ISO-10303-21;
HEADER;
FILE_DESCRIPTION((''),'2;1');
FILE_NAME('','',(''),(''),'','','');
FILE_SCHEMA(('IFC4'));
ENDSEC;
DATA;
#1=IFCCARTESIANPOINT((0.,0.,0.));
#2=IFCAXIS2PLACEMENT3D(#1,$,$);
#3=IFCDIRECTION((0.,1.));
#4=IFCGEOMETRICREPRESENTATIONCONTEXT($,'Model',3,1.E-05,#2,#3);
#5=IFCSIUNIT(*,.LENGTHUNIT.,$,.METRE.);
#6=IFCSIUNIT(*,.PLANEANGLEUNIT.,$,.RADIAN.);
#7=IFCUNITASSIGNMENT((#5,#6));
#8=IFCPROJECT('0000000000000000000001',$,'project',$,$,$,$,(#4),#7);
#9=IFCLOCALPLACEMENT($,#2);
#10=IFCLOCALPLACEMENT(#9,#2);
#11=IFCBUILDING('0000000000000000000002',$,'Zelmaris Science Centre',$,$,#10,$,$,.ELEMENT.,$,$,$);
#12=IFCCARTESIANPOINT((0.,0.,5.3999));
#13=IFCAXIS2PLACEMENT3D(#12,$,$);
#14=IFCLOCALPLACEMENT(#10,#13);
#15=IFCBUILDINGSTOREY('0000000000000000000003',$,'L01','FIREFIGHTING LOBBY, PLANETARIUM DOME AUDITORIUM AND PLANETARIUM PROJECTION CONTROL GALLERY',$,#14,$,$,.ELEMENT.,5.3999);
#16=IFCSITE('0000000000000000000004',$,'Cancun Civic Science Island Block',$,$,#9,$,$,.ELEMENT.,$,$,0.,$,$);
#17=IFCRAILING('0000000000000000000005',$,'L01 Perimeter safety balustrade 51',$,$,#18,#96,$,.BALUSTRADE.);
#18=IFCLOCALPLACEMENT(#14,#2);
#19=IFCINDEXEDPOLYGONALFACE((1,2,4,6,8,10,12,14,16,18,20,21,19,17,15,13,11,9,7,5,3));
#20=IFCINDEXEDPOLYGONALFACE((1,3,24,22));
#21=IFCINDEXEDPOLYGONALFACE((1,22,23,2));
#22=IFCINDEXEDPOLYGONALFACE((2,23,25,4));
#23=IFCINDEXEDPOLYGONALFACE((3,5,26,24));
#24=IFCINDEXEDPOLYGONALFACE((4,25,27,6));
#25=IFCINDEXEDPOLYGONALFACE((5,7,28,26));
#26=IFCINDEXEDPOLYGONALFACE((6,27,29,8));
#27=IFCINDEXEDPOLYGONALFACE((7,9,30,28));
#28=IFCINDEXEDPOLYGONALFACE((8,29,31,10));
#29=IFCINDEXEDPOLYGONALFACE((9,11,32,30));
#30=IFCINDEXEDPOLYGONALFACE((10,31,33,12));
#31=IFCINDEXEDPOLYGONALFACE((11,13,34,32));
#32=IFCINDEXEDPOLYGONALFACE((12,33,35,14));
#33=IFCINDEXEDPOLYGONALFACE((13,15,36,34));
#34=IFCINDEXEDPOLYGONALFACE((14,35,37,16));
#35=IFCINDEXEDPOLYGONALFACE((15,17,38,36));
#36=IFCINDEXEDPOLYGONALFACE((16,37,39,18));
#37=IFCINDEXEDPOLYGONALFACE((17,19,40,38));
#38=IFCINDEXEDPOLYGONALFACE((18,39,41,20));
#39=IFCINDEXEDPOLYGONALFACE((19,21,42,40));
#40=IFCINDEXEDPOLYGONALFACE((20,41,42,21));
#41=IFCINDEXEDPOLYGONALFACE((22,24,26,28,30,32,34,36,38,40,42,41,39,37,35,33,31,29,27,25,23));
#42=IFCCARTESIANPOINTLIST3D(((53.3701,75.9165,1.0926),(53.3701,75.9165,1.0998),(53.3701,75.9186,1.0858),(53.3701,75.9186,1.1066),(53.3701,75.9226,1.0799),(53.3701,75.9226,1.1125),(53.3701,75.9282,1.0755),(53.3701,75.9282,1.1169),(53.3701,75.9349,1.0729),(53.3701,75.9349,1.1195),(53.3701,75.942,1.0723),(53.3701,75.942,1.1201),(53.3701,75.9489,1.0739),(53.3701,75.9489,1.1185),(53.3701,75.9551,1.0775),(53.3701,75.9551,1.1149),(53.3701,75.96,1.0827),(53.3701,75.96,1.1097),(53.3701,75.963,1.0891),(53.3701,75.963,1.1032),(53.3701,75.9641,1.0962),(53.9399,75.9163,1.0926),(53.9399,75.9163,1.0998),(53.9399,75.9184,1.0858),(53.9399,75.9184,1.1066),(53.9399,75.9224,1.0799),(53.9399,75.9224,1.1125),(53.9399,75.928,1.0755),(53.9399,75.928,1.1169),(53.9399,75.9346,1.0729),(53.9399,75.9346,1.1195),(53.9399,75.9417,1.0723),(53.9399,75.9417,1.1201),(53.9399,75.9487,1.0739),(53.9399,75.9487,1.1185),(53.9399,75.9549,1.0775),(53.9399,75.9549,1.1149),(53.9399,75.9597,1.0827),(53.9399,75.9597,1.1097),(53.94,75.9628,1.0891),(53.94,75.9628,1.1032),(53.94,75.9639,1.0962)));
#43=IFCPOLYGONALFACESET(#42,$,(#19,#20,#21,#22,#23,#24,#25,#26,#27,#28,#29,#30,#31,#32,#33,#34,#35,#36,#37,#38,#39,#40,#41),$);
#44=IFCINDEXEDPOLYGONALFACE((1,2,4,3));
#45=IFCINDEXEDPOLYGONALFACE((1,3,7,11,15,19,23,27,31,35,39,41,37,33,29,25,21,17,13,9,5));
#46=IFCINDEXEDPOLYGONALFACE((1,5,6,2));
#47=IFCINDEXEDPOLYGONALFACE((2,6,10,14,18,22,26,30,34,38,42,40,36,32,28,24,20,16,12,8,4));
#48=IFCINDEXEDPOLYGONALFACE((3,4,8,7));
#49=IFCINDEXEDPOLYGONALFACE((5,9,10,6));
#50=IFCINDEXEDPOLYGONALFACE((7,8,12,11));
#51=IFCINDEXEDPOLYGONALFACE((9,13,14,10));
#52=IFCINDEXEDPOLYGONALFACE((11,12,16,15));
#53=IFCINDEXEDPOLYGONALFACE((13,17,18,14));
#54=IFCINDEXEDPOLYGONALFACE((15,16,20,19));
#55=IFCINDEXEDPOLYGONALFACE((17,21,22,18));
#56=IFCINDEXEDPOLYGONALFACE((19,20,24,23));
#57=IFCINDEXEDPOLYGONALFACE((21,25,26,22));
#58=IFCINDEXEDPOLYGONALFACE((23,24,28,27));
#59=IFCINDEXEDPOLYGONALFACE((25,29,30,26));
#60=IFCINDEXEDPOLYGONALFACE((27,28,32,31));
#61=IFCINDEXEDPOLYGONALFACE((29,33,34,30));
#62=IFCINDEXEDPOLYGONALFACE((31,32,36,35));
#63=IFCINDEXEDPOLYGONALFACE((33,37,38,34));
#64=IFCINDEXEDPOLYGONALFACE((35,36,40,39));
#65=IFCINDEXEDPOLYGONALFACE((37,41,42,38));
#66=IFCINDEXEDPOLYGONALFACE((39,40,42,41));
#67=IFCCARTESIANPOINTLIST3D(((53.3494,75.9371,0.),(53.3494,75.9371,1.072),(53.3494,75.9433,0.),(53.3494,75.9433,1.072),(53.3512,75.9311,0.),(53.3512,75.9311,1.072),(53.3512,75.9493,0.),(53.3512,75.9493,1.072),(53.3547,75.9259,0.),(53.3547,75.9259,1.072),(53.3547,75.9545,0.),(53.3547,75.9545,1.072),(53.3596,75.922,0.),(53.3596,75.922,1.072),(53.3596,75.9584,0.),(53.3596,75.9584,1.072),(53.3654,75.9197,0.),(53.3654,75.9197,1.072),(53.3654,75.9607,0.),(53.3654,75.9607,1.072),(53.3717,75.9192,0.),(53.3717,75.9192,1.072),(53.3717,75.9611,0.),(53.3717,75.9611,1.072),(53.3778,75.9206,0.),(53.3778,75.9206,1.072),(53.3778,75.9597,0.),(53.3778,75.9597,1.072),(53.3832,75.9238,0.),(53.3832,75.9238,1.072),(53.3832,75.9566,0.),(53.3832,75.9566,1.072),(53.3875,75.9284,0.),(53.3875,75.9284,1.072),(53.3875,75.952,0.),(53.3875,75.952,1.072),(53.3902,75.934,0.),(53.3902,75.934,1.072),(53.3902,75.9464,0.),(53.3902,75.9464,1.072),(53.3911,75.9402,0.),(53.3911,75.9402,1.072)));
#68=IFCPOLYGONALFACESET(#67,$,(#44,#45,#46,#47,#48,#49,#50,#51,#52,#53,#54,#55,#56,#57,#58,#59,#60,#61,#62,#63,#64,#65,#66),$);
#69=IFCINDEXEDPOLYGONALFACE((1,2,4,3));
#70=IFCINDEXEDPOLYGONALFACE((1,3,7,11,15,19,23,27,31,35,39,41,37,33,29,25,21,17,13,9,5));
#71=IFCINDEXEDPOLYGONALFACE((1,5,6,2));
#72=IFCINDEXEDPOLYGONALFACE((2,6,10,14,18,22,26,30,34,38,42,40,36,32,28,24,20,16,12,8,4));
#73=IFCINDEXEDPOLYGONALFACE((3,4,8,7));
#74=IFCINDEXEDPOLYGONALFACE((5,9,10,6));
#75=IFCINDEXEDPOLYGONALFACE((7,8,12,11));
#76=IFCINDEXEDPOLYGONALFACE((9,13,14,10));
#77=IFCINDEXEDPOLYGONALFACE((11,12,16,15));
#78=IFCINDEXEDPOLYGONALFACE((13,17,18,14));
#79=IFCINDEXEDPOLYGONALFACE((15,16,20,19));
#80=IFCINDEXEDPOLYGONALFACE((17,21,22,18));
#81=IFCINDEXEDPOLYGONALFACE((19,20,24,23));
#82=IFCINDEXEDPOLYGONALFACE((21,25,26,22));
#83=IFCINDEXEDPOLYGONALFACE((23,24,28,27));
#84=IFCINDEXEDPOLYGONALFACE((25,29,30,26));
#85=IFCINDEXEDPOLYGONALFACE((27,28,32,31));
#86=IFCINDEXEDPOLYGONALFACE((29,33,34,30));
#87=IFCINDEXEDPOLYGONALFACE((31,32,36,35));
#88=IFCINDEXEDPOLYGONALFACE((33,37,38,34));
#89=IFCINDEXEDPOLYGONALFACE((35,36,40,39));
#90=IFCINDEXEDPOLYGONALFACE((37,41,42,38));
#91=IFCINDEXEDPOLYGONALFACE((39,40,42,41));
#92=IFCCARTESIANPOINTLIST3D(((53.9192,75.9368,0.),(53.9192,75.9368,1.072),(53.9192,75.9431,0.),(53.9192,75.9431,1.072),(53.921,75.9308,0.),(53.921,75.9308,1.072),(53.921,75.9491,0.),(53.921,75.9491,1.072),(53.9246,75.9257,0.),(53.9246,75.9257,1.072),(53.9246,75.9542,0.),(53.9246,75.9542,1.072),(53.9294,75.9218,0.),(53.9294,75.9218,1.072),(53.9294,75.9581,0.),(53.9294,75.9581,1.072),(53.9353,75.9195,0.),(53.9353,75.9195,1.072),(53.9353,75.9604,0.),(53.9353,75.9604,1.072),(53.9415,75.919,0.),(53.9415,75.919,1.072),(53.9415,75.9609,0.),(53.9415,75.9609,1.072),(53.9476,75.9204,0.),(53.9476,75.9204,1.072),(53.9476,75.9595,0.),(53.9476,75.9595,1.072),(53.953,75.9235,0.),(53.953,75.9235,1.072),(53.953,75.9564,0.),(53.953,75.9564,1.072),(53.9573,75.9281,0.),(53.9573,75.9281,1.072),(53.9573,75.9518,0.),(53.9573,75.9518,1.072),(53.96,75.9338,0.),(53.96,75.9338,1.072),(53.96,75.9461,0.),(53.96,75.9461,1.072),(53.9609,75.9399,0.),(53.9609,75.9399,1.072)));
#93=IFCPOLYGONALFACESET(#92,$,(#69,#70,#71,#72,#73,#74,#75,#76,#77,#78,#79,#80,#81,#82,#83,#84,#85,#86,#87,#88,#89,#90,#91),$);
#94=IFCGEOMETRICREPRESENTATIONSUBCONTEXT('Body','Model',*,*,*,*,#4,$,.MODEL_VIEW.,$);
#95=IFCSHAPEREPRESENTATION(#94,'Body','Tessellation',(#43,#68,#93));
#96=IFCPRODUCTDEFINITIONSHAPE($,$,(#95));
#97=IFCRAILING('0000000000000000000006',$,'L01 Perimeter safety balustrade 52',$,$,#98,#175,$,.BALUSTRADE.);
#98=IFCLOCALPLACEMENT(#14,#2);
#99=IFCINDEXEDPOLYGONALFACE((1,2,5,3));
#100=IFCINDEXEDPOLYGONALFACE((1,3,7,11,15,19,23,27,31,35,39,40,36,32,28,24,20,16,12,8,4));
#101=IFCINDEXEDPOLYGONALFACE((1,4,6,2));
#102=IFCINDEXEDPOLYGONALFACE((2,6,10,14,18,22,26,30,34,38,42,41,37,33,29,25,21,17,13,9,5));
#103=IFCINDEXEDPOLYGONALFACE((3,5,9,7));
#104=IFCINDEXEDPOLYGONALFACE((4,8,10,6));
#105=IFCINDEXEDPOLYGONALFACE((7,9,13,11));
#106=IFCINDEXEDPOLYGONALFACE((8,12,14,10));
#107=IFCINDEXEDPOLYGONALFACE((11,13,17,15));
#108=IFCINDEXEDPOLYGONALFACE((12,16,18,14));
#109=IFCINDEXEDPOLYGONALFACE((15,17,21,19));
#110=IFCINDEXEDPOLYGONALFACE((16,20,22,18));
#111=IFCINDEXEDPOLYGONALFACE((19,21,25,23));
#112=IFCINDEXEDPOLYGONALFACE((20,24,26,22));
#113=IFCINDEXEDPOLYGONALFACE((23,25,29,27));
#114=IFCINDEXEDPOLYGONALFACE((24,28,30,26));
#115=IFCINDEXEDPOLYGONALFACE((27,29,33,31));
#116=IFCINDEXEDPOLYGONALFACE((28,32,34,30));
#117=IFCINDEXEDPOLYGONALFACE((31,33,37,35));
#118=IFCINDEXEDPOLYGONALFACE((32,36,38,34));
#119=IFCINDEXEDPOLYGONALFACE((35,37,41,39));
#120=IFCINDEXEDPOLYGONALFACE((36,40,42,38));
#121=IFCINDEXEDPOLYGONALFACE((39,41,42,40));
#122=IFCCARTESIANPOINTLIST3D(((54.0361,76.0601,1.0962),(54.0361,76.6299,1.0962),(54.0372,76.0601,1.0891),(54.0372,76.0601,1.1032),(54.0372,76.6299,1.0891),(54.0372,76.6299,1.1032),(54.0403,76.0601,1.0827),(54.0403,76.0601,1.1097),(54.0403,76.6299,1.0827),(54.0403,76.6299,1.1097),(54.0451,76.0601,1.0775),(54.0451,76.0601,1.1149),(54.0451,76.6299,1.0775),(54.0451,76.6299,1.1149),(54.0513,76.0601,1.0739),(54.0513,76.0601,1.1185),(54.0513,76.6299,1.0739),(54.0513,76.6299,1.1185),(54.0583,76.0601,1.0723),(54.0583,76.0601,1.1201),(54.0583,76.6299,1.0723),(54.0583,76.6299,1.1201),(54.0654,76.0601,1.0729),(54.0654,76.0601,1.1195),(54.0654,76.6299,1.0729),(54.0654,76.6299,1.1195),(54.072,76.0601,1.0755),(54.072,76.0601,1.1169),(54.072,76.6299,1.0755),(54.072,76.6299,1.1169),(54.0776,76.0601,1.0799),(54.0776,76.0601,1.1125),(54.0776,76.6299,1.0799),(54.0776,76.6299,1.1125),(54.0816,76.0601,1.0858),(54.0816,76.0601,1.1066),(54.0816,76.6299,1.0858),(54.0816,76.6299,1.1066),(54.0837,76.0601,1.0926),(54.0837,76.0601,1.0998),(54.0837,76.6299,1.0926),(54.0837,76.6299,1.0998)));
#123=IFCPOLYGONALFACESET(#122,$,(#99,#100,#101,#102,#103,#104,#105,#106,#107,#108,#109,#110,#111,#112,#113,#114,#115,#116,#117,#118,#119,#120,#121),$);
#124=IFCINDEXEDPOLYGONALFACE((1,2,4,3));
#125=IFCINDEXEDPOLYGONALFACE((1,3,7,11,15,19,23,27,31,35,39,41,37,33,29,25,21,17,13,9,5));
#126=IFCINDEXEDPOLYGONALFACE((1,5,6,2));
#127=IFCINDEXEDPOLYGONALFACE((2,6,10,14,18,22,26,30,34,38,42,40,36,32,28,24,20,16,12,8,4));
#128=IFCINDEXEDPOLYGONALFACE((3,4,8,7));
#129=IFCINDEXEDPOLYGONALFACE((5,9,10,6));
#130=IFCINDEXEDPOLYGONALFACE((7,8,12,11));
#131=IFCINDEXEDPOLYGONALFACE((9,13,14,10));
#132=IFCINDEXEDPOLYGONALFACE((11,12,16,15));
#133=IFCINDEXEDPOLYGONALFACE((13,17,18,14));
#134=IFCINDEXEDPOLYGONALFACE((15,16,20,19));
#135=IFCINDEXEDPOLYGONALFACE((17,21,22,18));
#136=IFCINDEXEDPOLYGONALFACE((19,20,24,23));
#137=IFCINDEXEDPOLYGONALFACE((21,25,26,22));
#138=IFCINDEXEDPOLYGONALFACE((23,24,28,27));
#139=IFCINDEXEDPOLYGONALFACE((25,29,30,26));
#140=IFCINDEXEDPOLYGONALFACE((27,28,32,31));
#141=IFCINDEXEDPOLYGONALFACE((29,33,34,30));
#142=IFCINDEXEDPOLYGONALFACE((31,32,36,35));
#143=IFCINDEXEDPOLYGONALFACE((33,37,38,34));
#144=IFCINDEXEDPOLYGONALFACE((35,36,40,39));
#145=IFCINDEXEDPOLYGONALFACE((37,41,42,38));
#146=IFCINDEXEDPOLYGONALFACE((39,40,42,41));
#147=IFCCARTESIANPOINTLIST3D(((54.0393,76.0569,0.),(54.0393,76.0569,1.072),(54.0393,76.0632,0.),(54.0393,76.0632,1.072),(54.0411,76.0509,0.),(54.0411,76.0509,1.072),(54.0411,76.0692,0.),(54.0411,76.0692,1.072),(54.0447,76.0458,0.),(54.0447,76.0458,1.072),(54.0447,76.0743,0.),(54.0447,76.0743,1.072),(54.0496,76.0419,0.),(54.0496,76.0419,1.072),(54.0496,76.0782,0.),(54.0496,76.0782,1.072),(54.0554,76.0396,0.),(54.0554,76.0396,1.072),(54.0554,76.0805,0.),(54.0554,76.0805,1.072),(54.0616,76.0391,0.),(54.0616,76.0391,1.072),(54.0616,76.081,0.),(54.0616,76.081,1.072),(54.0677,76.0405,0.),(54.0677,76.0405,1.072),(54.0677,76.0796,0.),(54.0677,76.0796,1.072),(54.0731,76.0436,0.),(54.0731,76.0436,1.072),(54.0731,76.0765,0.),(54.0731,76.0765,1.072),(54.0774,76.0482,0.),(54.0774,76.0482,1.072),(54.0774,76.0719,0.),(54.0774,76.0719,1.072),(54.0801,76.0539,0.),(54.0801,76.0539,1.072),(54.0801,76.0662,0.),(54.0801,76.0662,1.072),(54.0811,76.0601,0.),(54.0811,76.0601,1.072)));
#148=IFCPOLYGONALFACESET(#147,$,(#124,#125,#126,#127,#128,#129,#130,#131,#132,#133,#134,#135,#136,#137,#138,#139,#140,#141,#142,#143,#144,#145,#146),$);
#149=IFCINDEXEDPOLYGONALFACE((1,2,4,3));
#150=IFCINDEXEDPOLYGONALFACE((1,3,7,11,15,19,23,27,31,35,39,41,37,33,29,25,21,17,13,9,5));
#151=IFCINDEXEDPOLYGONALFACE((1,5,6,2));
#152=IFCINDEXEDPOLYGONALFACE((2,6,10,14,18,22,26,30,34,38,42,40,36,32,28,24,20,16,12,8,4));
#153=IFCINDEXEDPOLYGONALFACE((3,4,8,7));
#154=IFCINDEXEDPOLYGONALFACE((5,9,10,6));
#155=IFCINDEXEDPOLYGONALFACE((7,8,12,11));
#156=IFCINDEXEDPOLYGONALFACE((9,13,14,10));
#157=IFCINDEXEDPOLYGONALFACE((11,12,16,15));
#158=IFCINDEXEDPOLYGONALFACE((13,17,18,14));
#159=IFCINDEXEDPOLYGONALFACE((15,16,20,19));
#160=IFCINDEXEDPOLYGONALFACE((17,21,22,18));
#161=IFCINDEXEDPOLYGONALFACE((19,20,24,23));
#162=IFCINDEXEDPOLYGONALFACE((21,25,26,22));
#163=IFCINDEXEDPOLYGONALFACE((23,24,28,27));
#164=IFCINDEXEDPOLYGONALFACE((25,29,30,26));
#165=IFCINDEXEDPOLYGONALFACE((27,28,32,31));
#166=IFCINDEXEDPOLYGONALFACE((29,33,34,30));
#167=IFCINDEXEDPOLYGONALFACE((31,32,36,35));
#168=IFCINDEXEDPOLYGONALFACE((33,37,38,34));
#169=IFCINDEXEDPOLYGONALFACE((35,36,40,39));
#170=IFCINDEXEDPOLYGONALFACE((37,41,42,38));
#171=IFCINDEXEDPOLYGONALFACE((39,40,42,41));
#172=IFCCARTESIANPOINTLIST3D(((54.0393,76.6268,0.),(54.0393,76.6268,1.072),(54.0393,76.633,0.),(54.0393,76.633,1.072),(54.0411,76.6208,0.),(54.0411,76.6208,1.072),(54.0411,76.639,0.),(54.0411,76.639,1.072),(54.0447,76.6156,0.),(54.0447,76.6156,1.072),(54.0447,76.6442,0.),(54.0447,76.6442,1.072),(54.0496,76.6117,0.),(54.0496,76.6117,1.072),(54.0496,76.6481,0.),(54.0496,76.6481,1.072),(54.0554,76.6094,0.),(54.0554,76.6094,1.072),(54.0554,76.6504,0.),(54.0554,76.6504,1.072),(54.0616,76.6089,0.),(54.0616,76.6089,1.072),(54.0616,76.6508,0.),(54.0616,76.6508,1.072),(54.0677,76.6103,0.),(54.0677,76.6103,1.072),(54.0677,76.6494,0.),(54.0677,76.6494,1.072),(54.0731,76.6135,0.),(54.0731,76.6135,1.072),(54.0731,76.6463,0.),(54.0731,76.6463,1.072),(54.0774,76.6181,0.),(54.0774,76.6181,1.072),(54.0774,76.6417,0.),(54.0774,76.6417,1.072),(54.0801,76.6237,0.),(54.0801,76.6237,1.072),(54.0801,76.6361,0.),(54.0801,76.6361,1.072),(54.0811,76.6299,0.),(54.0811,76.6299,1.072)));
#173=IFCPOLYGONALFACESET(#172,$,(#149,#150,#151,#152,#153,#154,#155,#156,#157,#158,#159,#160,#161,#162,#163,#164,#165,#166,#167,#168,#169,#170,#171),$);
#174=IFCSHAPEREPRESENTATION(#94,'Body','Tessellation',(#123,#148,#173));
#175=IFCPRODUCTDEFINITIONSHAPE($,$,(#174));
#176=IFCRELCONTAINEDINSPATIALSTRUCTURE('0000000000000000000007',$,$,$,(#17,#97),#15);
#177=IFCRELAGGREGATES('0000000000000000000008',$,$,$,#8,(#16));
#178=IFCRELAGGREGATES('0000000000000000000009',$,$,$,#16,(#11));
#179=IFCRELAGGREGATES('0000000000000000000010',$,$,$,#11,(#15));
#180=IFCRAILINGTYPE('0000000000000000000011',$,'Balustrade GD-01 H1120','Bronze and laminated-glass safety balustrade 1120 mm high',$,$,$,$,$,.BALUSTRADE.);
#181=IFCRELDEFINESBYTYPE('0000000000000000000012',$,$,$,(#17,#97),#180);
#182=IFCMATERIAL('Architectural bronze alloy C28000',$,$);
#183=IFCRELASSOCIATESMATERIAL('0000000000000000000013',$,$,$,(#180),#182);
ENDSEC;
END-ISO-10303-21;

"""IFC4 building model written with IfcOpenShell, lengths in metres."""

from ifc_helpers import new_model, si_unit, direction, frame, origin, origin_2d, place, context, subcontext, project, spatial, circle, extrude, material, type_object, element, save


model = new_model("IFC4")

# Units and contexts
model_context = context("Model", 3, precision=1e-05, world=origin(), true_north=direction((0.0, 1.0)))
body_context = subcontext(model_context, "Body", "Model", "MODEL_VIEW")
ifc_project = project(units=[si_unit("LENGTHUNIT", "METRE"), si_unit("PLANEANGLEUNIT", "RADIAN")], contexts=[model_context])

# Site, building, storey
site_placement = place(None, origin())
site = spatial("IfcSite", under=ifc_project, at=site_placement, Name="Cancun Civic Science Island Block", CompositionType="ELEMENT", RefElevation=0.0)
building_placement = place(site_placement, origin())
building = spatial("IfcBuilding", under=site, at=building_placement, Name="Zelmaris Science Centre", CompositionType="ELEMENT")
storey_placement = place(building_placement, frame((0.0, 0.0, 5.3999)))
storey = spatial("IfcBuildingStorey", under=building, at=storey_placement, Name="L01", Description="FIREFIGHTING LOBBY, PLANETARIUM DOME AUDITORIUM AND PLANETARIUM PROJECTION CONTROL GALLERY", CompositionType="ELEMENT", Elevation=5.3999)

# Railings
ifc_material_1 = material(Name="Architectural bronze alloy C28000")
railing_type = type_object("IfcRailingType", Name="Balustrade GD-01 H1120", Description="Bronze and laminated-glass safety balustrade 1120 mm high", PredefinedType="BALUSTRADE", material=ifc_material_1)
railing_1_placement = place(storey_placement, frame((53.3701, 75.9402, 0.0)))
element("IfcRailing", 1, at=railing_1_placement, inside=storey, type_object=railing_type, Name="L01 Perimeter safety balustrade 51", PredefinedType="BALUSTRADE", context=body_context, shape_type="SweptSolid", body=[
    extrude(circle(Radius=0.0239, at=origin_2d()), frame((0.0, 0.0, 1.0962), z_axis=(1.0, -0.000428, 0.0), x_axis=(0.000428, 1.0, 0.0)), (0.0, 0.0, 1.0), 0.5698),
    extrude(circle(Radius=0.021, at=origin_2d()), origin(), (0.0, 0.0, 1.0), 1.072),
    extrude(circle(Radius=0.021, at=origin_2d()), frame((0.5698, -0.0002, 0.0)), (0.0, 0.0, 1.0), 1.072),
])
railing_2_placement = place(storey_placement, frame((54.0601, 76.0601, 0.0)))
element("IfcRailing", 2, at=railing_2_placement, inside=storey, type_object=railing_type, Name="L01 Perimeter safety balustrade 52", PredefinedType="BALUSTRADE", context=body_context, shape_type="SweptSolid", body=[
    extrude(circle(Radius=0.0239, at=origin_2d()), frame((0.0, 0.0, 1.0962), z_axis=(0.0, 1.0, 0.0), x_axis=(-1.0, 0.0, 0.0)), (0.0, 0.0, 1.0), 0.5698),
    extrude(circle(Radius=0.021, at=origin_2d()), origin(), (0.0, 0.0, 1.0), 1.072),
    extrude(circle(Radius=0.021, at=origin_2d()), frame((0.0, 0.5698, 0.0)), (0.0, 0.0, 1.0), 1.072),
])

save(model, "model.ifc")
